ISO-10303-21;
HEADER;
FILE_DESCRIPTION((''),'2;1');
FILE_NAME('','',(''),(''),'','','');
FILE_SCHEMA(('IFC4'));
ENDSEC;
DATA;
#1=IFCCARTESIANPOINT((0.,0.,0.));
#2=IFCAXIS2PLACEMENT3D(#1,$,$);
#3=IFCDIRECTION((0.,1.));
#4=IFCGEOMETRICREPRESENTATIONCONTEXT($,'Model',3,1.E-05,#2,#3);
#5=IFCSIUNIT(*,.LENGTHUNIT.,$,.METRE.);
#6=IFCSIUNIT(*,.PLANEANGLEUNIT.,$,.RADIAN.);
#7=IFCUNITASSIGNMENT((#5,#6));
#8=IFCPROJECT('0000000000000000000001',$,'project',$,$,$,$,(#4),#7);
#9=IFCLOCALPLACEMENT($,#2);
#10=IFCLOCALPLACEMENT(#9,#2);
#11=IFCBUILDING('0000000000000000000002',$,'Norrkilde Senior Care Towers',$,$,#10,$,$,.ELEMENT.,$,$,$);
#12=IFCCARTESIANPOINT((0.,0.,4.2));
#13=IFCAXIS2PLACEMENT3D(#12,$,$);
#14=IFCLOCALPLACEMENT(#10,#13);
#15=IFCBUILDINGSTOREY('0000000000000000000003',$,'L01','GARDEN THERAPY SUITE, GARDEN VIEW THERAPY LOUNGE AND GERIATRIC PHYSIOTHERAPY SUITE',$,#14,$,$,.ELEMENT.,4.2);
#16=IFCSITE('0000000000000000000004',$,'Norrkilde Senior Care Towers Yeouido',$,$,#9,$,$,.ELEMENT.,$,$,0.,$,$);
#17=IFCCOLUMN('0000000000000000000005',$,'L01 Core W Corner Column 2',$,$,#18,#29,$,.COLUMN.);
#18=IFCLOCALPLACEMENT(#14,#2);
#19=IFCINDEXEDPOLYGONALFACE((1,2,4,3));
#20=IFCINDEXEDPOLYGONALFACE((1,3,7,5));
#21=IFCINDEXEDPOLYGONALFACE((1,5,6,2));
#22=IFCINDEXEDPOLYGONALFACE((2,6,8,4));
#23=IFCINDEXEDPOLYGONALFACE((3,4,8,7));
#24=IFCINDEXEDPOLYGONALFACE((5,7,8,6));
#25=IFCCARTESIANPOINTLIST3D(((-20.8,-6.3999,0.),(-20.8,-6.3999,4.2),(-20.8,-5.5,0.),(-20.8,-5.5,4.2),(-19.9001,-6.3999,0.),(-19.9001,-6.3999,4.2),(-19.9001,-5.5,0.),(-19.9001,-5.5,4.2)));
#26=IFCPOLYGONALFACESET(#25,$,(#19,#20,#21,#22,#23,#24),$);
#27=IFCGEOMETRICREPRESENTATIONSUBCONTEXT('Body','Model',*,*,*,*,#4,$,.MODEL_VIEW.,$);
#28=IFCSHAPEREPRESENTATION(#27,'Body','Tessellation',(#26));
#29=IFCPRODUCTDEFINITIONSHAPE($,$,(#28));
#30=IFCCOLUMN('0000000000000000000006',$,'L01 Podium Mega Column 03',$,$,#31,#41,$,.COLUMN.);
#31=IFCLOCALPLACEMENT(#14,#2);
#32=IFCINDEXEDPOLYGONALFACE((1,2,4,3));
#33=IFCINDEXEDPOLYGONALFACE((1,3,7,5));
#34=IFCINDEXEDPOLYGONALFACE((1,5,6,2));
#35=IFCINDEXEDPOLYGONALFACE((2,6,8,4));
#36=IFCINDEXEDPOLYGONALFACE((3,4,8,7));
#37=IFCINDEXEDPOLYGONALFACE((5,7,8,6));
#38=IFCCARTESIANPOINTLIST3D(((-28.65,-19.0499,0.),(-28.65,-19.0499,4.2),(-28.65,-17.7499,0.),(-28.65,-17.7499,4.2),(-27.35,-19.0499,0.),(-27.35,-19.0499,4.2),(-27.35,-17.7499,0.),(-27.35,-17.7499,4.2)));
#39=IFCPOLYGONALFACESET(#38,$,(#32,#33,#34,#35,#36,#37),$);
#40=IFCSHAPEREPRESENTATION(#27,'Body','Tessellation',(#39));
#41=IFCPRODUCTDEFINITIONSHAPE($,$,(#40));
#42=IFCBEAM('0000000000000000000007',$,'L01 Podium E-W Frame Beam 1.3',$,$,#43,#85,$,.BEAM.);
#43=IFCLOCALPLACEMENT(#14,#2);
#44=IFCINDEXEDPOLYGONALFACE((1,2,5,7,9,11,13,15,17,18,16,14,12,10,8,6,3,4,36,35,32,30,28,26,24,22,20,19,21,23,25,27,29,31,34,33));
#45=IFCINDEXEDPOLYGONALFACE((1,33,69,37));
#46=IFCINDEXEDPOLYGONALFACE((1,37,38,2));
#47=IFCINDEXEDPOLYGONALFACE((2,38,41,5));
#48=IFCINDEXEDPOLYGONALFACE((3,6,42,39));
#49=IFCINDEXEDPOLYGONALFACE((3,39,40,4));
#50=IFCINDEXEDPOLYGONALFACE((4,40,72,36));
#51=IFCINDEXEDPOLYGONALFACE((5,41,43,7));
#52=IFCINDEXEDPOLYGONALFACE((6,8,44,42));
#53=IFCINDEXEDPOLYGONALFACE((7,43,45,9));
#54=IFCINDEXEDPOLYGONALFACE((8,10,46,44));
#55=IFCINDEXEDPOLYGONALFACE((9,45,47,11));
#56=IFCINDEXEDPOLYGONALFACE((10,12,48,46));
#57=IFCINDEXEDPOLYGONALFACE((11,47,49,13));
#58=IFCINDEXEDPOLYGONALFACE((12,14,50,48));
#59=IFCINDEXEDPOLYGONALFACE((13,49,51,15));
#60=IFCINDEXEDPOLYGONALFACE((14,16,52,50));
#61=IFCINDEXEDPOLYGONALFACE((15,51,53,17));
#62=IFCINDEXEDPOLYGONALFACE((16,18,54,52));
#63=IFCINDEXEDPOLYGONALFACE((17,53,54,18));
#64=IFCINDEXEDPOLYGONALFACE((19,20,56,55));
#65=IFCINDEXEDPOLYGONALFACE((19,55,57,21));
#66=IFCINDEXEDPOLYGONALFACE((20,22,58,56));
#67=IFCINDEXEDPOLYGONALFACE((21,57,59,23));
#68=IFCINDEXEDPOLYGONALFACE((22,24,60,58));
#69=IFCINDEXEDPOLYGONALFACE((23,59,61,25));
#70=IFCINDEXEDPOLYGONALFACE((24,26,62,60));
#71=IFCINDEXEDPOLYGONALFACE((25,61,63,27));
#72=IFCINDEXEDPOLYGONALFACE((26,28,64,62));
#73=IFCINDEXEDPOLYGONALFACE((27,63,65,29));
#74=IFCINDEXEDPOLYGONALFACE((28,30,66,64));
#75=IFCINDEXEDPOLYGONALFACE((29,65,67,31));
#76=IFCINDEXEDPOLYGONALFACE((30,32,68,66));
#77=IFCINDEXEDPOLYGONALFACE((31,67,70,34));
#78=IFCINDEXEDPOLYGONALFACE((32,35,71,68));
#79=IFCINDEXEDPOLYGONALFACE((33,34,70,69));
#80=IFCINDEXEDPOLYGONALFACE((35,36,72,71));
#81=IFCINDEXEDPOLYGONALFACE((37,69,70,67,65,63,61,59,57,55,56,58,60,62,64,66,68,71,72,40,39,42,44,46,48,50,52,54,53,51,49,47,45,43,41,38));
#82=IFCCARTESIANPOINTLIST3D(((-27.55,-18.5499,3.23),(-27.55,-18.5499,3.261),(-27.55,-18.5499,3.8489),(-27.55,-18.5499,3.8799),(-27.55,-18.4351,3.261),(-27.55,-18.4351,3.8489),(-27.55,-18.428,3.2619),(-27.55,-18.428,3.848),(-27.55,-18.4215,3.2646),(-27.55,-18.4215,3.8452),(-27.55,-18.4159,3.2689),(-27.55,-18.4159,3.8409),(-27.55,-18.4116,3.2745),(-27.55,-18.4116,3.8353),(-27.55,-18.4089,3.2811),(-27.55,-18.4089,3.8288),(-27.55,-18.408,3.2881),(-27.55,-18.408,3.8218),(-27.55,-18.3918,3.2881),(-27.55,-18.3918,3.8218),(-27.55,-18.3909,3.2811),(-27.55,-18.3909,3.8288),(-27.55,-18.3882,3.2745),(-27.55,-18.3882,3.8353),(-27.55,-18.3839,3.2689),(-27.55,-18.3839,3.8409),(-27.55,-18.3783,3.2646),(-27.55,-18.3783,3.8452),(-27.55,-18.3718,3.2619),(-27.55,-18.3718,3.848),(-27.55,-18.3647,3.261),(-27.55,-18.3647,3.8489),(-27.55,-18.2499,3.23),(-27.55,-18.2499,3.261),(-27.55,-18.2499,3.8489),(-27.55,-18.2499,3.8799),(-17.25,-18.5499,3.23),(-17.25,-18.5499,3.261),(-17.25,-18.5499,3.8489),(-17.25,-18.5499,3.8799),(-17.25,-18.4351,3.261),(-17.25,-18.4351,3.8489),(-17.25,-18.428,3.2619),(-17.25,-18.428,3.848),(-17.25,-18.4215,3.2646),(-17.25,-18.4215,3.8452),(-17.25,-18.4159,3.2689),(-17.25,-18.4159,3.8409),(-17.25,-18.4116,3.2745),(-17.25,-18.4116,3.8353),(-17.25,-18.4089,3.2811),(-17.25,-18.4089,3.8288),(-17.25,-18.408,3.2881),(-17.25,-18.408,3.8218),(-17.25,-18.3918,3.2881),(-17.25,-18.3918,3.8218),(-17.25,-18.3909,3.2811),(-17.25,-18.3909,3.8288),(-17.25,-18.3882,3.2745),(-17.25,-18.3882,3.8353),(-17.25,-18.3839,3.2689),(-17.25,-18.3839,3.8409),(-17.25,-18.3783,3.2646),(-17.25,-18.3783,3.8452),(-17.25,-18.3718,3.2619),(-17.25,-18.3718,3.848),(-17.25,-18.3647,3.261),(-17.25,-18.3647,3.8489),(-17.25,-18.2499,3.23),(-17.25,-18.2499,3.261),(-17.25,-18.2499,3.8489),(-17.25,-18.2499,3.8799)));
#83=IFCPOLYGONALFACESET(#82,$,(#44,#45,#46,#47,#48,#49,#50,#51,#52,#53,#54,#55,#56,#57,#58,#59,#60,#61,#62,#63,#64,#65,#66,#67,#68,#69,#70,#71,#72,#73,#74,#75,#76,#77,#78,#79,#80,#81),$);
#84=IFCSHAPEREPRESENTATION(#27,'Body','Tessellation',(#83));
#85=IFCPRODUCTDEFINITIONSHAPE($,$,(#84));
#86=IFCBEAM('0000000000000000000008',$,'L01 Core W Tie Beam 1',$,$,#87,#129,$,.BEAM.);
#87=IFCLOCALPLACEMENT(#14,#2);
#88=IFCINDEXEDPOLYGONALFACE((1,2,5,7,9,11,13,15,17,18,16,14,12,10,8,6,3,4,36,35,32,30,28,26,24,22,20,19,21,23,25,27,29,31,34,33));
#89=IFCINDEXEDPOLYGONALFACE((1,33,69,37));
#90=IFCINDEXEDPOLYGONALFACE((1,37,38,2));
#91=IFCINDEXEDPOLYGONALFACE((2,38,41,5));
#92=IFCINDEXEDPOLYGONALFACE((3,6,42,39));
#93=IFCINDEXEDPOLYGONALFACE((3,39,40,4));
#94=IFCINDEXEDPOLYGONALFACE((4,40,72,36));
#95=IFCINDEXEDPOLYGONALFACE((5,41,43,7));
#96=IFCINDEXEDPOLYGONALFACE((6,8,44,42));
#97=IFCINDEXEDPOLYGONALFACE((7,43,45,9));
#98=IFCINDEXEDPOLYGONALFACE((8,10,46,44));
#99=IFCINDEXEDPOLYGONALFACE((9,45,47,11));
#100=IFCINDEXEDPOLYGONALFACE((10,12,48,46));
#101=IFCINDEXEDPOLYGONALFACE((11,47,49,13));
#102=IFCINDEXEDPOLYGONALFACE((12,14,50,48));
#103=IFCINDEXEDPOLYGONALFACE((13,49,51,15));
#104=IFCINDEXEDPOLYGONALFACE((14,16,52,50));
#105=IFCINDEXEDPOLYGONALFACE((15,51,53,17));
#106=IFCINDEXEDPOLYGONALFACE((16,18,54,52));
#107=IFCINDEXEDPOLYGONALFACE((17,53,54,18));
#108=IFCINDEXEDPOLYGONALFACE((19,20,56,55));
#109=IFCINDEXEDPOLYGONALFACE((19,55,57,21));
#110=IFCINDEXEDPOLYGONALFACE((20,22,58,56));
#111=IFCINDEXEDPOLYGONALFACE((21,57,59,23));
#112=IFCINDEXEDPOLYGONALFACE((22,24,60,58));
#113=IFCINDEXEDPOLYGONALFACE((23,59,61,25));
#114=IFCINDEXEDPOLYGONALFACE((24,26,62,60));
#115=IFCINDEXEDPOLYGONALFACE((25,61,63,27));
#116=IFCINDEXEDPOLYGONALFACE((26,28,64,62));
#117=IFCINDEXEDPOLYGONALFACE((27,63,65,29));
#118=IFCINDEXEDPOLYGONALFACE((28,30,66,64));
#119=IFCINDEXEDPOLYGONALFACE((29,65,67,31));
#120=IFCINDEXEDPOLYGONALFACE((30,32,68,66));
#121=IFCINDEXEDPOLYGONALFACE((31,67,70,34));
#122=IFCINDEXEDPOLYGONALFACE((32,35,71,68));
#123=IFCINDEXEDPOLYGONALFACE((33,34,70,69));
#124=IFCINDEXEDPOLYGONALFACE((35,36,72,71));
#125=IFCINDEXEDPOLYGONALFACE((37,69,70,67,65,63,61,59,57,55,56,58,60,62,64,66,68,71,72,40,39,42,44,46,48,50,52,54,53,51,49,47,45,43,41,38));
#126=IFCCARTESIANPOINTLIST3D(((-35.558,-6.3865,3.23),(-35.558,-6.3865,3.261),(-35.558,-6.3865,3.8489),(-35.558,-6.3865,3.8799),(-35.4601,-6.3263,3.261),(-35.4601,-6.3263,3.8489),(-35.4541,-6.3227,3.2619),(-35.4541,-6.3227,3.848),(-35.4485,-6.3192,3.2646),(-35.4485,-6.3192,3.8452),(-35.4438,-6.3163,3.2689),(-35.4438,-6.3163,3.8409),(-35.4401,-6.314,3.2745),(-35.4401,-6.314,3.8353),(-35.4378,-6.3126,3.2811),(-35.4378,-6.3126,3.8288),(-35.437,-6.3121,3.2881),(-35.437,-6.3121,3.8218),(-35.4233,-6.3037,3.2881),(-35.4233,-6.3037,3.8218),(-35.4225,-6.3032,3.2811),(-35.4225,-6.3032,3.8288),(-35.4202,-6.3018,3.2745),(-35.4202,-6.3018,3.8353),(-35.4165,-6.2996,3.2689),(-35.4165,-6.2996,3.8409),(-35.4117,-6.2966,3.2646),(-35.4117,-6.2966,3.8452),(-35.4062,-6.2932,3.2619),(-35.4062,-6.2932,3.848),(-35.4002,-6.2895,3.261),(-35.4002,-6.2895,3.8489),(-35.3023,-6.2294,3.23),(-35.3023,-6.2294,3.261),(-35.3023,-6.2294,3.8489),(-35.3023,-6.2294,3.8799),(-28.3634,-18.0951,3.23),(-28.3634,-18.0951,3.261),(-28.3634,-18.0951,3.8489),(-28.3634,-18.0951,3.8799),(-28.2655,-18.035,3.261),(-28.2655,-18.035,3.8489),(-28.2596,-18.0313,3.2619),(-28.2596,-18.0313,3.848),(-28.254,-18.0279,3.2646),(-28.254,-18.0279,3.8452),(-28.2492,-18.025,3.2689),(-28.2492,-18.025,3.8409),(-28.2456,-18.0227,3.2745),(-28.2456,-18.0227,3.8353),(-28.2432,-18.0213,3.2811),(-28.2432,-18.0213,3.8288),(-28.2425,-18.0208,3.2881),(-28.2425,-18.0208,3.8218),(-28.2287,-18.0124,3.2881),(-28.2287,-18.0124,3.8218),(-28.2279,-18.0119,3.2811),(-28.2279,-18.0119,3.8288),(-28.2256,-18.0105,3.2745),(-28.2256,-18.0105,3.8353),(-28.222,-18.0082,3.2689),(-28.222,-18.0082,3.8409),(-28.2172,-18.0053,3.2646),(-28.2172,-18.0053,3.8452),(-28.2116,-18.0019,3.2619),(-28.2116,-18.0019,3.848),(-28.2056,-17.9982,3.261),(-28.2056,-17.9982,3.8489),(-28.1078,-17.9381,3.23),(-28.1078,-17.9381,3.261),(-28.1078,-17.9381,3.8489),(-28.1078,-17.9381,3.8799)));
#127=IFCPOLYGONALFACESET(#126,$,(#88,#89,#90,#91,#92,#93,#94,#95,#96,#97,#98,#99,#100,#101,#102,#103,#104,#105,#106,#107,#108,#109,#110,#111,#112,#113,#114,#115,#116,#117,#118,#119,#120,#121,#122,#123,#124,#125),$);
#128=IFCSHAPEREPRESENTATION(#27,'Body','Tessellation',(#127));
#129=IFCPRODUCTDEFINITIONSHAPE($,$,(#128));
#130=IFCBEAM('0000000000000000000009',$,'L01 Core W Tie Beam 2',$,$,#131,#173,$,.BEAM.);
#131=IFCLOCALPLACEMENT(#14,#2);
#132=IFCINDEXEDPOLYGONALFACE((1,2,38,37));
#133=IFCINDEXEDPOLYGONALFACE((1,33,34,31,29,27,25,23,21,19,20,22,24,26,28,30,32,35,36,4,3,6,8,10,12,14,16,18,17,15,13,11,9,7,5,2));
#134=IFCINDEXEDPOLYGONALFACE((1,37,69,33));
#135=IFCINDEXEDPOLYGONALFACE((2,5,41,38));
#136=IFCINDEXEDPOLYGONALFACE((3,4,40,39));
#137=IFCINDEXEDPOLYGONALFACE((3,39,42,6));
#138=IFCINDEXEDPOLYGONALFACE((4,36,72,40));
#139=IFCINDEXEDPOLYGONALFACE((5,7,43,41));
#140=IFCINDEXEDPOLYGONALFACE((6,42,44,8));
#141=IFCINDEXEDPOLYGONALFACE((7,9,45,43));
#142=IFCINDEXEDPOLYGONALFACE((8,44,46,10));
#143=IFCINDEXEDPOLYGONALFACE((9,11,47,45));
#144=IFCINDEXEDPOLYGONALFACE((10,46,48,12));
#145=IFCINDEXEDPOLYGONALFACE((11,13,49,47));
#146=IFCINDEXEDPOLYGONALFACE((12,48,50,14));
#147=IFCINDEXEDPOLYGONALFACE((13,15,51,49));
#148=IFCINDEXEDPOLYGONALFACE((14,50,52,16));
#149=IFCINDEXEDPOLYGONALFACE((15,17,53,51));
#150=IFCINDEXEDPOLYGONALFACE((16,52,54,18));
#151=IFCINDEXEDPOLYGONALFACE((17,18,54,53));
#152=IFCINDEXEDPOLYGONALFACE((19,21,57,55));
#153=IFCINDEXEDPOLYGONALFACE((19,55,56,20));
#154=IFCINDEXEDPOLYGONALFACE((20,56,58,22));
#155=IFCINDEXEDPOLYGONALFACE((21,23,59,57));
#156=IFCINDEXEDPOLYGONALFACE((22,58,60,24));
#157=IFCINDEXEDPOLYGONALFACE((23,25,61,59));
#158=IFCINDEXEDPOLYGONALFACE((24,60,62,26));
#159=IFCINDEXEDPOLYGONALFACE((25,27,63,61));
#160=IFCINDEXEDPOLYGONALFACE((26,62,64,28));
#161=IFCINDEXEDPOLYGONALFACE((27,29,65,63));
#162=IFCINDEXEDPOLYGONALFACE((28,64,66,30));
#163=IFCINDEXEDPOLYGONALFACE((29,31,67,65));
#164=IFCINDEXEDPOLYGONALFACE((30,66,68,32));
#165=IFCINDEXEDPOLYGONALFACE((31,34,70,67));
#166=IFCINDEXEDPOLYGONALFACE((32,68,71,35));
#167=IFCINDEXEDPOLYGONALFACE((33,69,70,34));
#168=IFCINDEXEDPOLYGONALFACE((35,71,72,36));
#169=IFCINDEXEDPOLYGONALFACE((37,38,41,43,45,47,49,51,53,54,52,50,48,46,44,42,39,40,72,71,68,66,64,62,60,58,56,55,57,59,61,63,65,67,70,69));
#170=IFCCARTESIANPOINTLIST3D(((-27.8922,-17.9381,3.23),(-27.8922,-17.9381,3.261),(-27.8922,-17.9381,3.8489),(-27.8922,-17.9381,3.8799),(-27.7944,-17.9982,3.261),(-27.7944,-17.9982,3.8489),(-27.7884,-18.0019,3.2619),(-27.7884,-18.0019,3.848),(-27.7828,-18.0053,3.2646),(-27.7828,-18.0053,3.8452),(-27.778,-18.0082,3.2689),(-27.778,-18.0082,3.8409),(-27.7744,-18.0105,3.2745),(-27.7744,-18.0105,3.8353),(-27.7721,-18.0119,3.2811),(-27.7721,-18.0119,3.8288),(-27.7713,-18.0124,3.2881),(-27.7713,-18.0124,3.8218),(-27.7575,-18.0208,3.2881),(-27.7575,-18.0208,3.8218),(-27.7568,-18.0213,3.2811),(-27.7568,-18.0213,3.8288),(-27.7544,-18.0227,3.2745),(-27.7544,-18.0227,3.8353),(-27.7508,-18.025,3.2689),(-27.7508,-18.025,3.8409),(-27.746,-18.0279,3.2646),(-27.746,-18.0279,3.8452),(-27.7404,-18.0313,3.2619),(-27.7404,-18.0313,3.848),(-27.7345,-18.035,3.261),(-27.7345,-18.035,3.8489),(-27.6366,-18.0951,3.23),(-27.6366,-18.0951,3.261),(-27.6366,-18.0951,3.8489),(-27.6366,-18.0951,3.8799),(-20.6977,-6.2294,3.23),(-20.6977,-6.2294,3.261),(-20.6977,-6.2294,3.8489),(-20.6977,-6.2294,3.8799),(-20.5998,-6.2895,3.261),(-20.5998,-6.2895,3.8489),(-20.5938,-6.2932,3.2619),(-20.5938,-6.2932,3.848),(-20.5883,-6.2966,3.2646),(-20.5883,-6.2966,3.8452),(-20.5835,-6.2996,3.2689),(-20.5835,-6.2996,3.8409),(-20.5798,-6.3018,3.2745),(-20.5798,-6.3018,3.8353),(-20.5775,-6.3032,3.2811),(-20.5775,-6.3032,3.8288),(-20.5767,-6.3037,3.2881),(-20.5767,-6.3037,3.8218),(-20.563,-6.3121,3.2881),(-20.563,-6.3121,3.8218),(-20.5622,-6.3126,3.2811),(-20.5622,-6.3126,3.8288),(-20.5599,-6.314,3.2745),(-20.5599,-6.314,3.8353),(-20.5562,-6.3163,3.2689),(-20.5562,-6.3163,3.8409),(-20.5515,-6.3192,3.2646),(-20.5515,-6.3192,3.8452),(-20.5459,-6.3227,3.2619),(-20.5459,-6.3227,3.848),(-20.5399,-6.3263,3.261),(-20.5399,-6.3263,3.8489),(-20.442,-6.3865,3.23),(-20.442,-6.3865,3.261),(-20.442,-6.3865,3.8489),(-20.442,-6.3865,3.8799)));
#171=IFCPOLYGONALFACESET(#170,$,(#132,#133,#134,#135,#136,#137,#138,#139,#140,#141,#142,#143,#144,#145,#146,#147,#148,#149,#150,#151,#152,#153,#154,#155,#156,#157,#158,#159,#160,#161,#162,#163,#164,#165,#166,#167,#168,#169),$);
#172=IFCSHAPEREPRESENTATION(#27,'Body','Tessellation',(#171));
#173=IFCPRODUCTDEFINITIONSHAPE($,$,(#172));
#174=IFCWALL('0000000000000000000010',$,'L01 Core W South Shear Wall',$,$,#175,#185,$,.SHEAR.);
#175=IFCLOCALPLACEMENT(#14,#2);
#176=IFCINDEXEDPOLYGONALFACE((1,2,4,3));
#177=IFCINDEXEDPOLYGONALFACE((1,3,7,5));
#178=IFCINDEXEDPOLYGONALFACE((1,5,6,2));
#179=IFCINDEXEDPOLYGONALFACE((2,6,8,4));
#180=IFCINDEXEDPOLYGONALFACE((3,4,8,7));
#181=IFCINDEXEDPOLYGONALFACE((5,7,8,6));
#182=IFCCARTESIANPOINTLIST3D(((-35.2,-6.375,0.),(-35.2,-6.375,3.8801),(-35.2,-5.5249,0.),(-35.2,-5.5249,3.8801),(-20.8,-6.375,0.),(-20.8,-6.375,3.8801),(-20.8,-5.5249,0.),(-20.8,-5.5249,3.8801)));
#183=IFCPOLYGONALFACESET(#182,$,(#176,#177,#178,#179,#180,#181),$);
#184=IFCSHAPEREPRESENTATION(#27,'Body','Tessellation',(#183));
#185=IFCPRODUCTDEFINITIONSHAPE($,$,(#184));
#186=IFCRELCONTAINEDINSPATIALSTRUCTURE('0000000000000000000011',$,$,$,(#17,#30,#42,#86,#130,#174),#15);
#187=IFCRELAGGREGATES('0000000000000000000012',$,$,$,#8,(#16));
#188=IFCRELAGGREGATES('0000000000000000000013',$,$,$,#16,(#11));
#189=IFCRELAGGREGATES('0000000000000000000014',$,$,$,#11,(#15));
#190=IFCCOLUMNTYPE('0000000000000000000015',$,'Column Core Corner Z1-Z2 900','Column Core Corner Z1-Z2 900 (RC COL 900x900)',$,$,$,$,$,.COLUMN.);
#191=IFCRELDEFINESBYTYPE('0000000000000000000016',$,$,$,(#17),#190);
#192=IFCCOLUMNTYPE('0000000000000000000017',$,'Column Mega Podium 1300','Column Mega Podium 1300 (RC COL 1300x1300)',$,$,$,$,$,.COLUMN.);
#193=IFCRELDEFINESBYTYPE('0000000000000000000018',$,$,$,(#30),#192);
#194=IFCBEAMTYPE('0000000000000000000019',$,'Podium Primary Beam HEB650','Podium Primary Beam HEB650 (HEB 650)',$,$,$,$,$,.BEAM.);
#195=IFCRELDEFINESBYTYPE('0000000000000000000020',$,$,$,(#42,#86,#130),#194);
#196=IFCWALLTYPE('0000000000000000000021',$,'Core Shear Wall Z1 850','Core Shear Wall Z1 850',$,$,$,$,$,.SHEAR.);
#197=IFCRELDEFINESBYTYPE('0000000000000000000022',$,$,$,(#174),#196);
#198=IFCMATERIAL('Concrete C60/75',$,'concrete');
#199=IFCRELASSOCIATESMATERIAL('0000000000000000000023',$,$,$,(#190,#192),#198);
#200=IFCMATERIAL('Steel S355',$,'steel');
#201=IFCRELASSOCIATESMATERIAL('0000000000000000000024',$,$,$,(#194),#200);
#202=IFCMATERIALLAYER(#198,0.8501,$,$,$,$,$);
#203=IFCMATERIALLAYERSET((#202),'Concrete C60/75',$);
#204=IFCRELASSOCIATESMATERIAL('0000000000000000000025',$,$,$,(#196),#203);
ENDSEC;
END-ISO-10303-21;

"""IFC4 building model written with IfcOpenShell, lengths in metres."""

from ifc_helpers import new_model, si_unit, direction, frame, frame_2d, origin, origin_2d, place, context, subcontext, project, spatial, rectangle, i_section, extrude, source, transform, mapped, material, layer, layer_set, material_profile, profile_set, type_object, type_shapes, element, save


model = new_model("IFC4")

# Units and contexts
model_context = context("Model", 3, precision=1e-05, world=origin(), true_north=direction((0.0, 1.0)))
body_context = subcontext(model_context, "Body", "Model", "MODEL_VIEW")
ifc_project = project(units=[si_unit("LENGTHUNIT", "METRE"), si_unit("PLANEANGLEUNIT", "RADIAN")], contexts=[model_context])

# Site, building, storey
site_placement = place(None, origin())
site = spatial("IfcSite", under=ifc_project, at=site_placement, Name="Norrkilde Senior Care Towers Yeouido", CompositionType="ELEMENT", RefElevation=0.0)
building_placement = place(site_placement, origin())
building = spatial("IfcBuilding", under=site, at=building_placement, Name="Norrkilde Senior Care Towers", CompositionType="ELEMENT")
storey_placement = place(building_placement, frame((0.0, 0.0, 4.2)))
storey = spatial("IfcBuildingStorey", under=building, at=storey_placement, Name="L01", Description="GARDEN THERAPY SUITE, GARDEN VIEW THERAPY LOUNGE AND GERIATRIC PHYSIOTHERAPY SUITE", CompositionType="ELEMENT", Elevation=4.2)

# Columns
ifc_material_1 = material(Name="Concrete C60/75", Category="concrete")
ifc_material_profile_1 = material_profile(ifc_material_1, rectangle(XDim=0.8999, YDim=0.8999, at=origin_2d()), Name="RC COL 900x900")
ifc_profile_set_1 = profile_set([ifc_material_profile_1], Name="Concrete C60/75")
column_type_1 = type_object("IfcColumnType", Name="Column Core Corner Z1-Z2 900", Description="Column Core Corner Z1-Z2 900 (RC COL 900x900)", PredefinedType="COLUMN", material=ifc_profile_set_1)
shared_shape_1 = source(origin(), body_context, "Body", "SweptSolid", [
    extrude(rectangle(XDim=0.8999, YDim=0.8999, at=origin_2d()), origin(), (0.0, 0.0, 1.0), 4.2),
])
type_shapes(column_type_1, [shared_shape_1])
column_1_placement = place(storey_placement, frame((-20.3501, -5.95, 0.0), z_axis=(0.0, 0.0, 1.0), x_axis=(1.0, 0.0, 0.0)))
element("IfcColumn", 1, at=column_1_placement, inside=storey, type_object=column_type_1, Name="L01 Core W Corner Column 2", PredefinedType="COLUMN", context=body_context, shape_type="MappedRepresentation", body=[
    mapped(shared_shape_1, transform((0.0, 0.0, 0.0), x_axis=(1.0, 0.0, 0.0), y_axis=(0.0, 1.0, 0.0), z_axis=(0.0, 0.0, 1.0), scale=1.0)),
])
ifc_material_profile_2 = material_profile(ifc_material_1, rectangle(XDim=1.3, YDim=1.3, at=origin_2d()), Name="RC COL 1300x1300")
ifc_profile_set_2 = profile_set([ifc_material_profile_2], Name="Concrete C60/75")
column_type_2 = type_object("IfcColumnType", Name="Column Mega Podium 1300", Description="Column Mega Podium 1300 (RC COL 1300x1300)", PredefinedType="COLUMN", material=ifc_profile_set_2)
shared_shape_2 = source(origin(), body_context, "Body", "SweptSolid", [
    extrude(rectangle(XDim=1.3, YDim=1.3, at=origin_2d()), origin(), (0.0, 0.0, 1.0), 4.2),
])
type_shapes(column_type_2, [shared_shape_2])
column_2_placement = place(storey_placement, frame((-28.0, -18.3999, 0.0), z_axis=(0.0, 0.0, 1.0), x_axis=(1.0, 0.0, 0.0)))
element("IfcColumn", 2, at=column_2_placement, inside=storey, type_object=column_type_2, Name="L01 Podium Mega Column 03", PredefinedType="COLUMN", context=body_context, shape_type="MappedRepresentation", body=[
    mapped(shared_shape_2, transform((0.0, 0.0, 0.0), x_axis=(1.0, 0.0, 0.0), y_axis=(0.0, 1.0, 0.0), z_axis=(0.0, 0.0, 1.0), scale=1.0)),
])

# Beams
ifc_material_2 = material(Name="Steel S355", Category="steel")
ifc_material_profile_3 = material_profile(ifc_material_2, i_section(OverallWidth=0.3, OverallDepth=0.6499, WebThickness=0.0161, FlangeThickness=0.031, FilletRadius=0.0271, at=origin_2d()), Name="HEB 650")
ifc_profile_set_3 = profile_set([ifc_material_profile_3], Name="Steel S355")
beam_type = type_object("IfcBeamType", Name="Podium Primary Beam HEB650", Description="Podium Primary Beam HEB650 (HEB 650)", PredefinedType="BEAM", material=ifc_profile_set_3)
shared_shape_3 = source(origin(), body_context, "Body", "SweptSolid", [
    extrude(i_section(OverallWidth=0.3, OverallDepth=0.6499, WebThickness=0.0161, FlangeThickness=0.031, FilletRadius=0.0271, at=origin_2d()), origin(), (0.0, 0.0, 1.0), 10.3),
])
beam_placement = place(storey_placement, frame((-27.55, -18.3999, 3.5549), z_axis=(1.0, 0.0, 0.0), x_axis=(0.0, 1.0, 0.0)))
element("IfcBeam", 3, at=beam_placement, inside=storey, type_object=beam_type, Name="L01 Podium E-W Frame Beam 1.3", PredefinedType="BEAM", context=body_context, shape_type="MappedRepresentation", body=[
    mapped(shared_shape_3, transform((0.0, 0.0, 0.0), x_axis=(1.0, 0.0, 0.0), y_axis=(0.0, 1.0, 0.0), z_axis=(0.0, 0.0, 1.0), scale=1.0)),
])
shared_shape_4 = source(origin(), body_context, "Body", "SweptSolid", [
    extrude(i_section(OverallWidth=0.3, OverallDepth=0.6499, WebThickness=0.0161, FlangeThickness=0.031, FilletRadius=0.0271, at=origin_2d()), origin(), (0.0, 0.0, 1.0), 13.7424),
])
type_shapes(beam_type, [shared_shape_3, shared_shape_4])
for number, where, z_axis, x_axis, name in (
    (4, (-28.2356, -18.0166, 3.5549), (-0.523527, 0.852009, 0.0), (-0.852009, -0.523527, 0.0), "L01 Core W Tie Beam 1"),
    (5, (-27.7644, -18.0166, 3.5549), (0.523527, 0.852009, 0.0), (-0.852009, 0.523527, 0.0), "L01 Core W Tie Beam 2"),
):
    element("IfcBeam", number, at=place(storey_placement, frame(where, z_axis=z_axis, x_axis=x_axis)), inside=storey, type_object=beam_type, Name=name, PredefinedType="BEAM", context=body_context, shape_type="MappedRepresentation", body=[
        mapped(shared_shape_4, transform((0.0, 0.0, 0.0), x_axis=(1.0, 0.0, 0.0), y_axis=(0.0, 1.0, 0.0), z_axis=(0.0, 0.0, 1.0), scale=1.0)),
    ])

# Wall
ifc_layer_1 = layer(ifc_material_1, 0.8501)
ifc_layer_set_1 = layer_set([ifc_layer_1], Name="Concrete C60/75")
wall_type_1 = type_object("IfcWallType", Name="Core Shear Wall Z1 850", Description="Core Shear Wall Z1 850", PredefinedType="SHEAR", material=ifc_layer_set_1)
shared_shape_5 = source(origin(), body_context, "Body", "SweptSolid", [
    extrude(rectangle(XDim=14.3999, YDim=0.8501, at=frame_2d((7.2, 0.0))), origin(), (0.0, 0.0, 1.0), 3.8801),
])
type_shapes(wall_type_1, [shared_shape_5])
wall_1_placement = place(storey_placement, frame((-20.8, -5.95, 0.0), z_axis=(0.0, 0.0, 1.0), x_axis=(-1.0, 0.0, 0.0)))
element("IfcWall", 6, at=wall_1_placement, inside=storey, type_object=wall_type_1, Name="L01 Core W South Shear Wall", PredefinedType="SHEAR", context=body_context, shape_type="MappedRepresentation", body=[
    mapped(shared_shape_5, transform((0.0, 0.0, 0.0), x_axis=(1.0, 0.0, 0.0), y_axis=(0.0, 1.0, 0.0), z_axis=(0.0, 0.0, 1.0), scale=1.0)),
])

save(model, "model.ifc")
